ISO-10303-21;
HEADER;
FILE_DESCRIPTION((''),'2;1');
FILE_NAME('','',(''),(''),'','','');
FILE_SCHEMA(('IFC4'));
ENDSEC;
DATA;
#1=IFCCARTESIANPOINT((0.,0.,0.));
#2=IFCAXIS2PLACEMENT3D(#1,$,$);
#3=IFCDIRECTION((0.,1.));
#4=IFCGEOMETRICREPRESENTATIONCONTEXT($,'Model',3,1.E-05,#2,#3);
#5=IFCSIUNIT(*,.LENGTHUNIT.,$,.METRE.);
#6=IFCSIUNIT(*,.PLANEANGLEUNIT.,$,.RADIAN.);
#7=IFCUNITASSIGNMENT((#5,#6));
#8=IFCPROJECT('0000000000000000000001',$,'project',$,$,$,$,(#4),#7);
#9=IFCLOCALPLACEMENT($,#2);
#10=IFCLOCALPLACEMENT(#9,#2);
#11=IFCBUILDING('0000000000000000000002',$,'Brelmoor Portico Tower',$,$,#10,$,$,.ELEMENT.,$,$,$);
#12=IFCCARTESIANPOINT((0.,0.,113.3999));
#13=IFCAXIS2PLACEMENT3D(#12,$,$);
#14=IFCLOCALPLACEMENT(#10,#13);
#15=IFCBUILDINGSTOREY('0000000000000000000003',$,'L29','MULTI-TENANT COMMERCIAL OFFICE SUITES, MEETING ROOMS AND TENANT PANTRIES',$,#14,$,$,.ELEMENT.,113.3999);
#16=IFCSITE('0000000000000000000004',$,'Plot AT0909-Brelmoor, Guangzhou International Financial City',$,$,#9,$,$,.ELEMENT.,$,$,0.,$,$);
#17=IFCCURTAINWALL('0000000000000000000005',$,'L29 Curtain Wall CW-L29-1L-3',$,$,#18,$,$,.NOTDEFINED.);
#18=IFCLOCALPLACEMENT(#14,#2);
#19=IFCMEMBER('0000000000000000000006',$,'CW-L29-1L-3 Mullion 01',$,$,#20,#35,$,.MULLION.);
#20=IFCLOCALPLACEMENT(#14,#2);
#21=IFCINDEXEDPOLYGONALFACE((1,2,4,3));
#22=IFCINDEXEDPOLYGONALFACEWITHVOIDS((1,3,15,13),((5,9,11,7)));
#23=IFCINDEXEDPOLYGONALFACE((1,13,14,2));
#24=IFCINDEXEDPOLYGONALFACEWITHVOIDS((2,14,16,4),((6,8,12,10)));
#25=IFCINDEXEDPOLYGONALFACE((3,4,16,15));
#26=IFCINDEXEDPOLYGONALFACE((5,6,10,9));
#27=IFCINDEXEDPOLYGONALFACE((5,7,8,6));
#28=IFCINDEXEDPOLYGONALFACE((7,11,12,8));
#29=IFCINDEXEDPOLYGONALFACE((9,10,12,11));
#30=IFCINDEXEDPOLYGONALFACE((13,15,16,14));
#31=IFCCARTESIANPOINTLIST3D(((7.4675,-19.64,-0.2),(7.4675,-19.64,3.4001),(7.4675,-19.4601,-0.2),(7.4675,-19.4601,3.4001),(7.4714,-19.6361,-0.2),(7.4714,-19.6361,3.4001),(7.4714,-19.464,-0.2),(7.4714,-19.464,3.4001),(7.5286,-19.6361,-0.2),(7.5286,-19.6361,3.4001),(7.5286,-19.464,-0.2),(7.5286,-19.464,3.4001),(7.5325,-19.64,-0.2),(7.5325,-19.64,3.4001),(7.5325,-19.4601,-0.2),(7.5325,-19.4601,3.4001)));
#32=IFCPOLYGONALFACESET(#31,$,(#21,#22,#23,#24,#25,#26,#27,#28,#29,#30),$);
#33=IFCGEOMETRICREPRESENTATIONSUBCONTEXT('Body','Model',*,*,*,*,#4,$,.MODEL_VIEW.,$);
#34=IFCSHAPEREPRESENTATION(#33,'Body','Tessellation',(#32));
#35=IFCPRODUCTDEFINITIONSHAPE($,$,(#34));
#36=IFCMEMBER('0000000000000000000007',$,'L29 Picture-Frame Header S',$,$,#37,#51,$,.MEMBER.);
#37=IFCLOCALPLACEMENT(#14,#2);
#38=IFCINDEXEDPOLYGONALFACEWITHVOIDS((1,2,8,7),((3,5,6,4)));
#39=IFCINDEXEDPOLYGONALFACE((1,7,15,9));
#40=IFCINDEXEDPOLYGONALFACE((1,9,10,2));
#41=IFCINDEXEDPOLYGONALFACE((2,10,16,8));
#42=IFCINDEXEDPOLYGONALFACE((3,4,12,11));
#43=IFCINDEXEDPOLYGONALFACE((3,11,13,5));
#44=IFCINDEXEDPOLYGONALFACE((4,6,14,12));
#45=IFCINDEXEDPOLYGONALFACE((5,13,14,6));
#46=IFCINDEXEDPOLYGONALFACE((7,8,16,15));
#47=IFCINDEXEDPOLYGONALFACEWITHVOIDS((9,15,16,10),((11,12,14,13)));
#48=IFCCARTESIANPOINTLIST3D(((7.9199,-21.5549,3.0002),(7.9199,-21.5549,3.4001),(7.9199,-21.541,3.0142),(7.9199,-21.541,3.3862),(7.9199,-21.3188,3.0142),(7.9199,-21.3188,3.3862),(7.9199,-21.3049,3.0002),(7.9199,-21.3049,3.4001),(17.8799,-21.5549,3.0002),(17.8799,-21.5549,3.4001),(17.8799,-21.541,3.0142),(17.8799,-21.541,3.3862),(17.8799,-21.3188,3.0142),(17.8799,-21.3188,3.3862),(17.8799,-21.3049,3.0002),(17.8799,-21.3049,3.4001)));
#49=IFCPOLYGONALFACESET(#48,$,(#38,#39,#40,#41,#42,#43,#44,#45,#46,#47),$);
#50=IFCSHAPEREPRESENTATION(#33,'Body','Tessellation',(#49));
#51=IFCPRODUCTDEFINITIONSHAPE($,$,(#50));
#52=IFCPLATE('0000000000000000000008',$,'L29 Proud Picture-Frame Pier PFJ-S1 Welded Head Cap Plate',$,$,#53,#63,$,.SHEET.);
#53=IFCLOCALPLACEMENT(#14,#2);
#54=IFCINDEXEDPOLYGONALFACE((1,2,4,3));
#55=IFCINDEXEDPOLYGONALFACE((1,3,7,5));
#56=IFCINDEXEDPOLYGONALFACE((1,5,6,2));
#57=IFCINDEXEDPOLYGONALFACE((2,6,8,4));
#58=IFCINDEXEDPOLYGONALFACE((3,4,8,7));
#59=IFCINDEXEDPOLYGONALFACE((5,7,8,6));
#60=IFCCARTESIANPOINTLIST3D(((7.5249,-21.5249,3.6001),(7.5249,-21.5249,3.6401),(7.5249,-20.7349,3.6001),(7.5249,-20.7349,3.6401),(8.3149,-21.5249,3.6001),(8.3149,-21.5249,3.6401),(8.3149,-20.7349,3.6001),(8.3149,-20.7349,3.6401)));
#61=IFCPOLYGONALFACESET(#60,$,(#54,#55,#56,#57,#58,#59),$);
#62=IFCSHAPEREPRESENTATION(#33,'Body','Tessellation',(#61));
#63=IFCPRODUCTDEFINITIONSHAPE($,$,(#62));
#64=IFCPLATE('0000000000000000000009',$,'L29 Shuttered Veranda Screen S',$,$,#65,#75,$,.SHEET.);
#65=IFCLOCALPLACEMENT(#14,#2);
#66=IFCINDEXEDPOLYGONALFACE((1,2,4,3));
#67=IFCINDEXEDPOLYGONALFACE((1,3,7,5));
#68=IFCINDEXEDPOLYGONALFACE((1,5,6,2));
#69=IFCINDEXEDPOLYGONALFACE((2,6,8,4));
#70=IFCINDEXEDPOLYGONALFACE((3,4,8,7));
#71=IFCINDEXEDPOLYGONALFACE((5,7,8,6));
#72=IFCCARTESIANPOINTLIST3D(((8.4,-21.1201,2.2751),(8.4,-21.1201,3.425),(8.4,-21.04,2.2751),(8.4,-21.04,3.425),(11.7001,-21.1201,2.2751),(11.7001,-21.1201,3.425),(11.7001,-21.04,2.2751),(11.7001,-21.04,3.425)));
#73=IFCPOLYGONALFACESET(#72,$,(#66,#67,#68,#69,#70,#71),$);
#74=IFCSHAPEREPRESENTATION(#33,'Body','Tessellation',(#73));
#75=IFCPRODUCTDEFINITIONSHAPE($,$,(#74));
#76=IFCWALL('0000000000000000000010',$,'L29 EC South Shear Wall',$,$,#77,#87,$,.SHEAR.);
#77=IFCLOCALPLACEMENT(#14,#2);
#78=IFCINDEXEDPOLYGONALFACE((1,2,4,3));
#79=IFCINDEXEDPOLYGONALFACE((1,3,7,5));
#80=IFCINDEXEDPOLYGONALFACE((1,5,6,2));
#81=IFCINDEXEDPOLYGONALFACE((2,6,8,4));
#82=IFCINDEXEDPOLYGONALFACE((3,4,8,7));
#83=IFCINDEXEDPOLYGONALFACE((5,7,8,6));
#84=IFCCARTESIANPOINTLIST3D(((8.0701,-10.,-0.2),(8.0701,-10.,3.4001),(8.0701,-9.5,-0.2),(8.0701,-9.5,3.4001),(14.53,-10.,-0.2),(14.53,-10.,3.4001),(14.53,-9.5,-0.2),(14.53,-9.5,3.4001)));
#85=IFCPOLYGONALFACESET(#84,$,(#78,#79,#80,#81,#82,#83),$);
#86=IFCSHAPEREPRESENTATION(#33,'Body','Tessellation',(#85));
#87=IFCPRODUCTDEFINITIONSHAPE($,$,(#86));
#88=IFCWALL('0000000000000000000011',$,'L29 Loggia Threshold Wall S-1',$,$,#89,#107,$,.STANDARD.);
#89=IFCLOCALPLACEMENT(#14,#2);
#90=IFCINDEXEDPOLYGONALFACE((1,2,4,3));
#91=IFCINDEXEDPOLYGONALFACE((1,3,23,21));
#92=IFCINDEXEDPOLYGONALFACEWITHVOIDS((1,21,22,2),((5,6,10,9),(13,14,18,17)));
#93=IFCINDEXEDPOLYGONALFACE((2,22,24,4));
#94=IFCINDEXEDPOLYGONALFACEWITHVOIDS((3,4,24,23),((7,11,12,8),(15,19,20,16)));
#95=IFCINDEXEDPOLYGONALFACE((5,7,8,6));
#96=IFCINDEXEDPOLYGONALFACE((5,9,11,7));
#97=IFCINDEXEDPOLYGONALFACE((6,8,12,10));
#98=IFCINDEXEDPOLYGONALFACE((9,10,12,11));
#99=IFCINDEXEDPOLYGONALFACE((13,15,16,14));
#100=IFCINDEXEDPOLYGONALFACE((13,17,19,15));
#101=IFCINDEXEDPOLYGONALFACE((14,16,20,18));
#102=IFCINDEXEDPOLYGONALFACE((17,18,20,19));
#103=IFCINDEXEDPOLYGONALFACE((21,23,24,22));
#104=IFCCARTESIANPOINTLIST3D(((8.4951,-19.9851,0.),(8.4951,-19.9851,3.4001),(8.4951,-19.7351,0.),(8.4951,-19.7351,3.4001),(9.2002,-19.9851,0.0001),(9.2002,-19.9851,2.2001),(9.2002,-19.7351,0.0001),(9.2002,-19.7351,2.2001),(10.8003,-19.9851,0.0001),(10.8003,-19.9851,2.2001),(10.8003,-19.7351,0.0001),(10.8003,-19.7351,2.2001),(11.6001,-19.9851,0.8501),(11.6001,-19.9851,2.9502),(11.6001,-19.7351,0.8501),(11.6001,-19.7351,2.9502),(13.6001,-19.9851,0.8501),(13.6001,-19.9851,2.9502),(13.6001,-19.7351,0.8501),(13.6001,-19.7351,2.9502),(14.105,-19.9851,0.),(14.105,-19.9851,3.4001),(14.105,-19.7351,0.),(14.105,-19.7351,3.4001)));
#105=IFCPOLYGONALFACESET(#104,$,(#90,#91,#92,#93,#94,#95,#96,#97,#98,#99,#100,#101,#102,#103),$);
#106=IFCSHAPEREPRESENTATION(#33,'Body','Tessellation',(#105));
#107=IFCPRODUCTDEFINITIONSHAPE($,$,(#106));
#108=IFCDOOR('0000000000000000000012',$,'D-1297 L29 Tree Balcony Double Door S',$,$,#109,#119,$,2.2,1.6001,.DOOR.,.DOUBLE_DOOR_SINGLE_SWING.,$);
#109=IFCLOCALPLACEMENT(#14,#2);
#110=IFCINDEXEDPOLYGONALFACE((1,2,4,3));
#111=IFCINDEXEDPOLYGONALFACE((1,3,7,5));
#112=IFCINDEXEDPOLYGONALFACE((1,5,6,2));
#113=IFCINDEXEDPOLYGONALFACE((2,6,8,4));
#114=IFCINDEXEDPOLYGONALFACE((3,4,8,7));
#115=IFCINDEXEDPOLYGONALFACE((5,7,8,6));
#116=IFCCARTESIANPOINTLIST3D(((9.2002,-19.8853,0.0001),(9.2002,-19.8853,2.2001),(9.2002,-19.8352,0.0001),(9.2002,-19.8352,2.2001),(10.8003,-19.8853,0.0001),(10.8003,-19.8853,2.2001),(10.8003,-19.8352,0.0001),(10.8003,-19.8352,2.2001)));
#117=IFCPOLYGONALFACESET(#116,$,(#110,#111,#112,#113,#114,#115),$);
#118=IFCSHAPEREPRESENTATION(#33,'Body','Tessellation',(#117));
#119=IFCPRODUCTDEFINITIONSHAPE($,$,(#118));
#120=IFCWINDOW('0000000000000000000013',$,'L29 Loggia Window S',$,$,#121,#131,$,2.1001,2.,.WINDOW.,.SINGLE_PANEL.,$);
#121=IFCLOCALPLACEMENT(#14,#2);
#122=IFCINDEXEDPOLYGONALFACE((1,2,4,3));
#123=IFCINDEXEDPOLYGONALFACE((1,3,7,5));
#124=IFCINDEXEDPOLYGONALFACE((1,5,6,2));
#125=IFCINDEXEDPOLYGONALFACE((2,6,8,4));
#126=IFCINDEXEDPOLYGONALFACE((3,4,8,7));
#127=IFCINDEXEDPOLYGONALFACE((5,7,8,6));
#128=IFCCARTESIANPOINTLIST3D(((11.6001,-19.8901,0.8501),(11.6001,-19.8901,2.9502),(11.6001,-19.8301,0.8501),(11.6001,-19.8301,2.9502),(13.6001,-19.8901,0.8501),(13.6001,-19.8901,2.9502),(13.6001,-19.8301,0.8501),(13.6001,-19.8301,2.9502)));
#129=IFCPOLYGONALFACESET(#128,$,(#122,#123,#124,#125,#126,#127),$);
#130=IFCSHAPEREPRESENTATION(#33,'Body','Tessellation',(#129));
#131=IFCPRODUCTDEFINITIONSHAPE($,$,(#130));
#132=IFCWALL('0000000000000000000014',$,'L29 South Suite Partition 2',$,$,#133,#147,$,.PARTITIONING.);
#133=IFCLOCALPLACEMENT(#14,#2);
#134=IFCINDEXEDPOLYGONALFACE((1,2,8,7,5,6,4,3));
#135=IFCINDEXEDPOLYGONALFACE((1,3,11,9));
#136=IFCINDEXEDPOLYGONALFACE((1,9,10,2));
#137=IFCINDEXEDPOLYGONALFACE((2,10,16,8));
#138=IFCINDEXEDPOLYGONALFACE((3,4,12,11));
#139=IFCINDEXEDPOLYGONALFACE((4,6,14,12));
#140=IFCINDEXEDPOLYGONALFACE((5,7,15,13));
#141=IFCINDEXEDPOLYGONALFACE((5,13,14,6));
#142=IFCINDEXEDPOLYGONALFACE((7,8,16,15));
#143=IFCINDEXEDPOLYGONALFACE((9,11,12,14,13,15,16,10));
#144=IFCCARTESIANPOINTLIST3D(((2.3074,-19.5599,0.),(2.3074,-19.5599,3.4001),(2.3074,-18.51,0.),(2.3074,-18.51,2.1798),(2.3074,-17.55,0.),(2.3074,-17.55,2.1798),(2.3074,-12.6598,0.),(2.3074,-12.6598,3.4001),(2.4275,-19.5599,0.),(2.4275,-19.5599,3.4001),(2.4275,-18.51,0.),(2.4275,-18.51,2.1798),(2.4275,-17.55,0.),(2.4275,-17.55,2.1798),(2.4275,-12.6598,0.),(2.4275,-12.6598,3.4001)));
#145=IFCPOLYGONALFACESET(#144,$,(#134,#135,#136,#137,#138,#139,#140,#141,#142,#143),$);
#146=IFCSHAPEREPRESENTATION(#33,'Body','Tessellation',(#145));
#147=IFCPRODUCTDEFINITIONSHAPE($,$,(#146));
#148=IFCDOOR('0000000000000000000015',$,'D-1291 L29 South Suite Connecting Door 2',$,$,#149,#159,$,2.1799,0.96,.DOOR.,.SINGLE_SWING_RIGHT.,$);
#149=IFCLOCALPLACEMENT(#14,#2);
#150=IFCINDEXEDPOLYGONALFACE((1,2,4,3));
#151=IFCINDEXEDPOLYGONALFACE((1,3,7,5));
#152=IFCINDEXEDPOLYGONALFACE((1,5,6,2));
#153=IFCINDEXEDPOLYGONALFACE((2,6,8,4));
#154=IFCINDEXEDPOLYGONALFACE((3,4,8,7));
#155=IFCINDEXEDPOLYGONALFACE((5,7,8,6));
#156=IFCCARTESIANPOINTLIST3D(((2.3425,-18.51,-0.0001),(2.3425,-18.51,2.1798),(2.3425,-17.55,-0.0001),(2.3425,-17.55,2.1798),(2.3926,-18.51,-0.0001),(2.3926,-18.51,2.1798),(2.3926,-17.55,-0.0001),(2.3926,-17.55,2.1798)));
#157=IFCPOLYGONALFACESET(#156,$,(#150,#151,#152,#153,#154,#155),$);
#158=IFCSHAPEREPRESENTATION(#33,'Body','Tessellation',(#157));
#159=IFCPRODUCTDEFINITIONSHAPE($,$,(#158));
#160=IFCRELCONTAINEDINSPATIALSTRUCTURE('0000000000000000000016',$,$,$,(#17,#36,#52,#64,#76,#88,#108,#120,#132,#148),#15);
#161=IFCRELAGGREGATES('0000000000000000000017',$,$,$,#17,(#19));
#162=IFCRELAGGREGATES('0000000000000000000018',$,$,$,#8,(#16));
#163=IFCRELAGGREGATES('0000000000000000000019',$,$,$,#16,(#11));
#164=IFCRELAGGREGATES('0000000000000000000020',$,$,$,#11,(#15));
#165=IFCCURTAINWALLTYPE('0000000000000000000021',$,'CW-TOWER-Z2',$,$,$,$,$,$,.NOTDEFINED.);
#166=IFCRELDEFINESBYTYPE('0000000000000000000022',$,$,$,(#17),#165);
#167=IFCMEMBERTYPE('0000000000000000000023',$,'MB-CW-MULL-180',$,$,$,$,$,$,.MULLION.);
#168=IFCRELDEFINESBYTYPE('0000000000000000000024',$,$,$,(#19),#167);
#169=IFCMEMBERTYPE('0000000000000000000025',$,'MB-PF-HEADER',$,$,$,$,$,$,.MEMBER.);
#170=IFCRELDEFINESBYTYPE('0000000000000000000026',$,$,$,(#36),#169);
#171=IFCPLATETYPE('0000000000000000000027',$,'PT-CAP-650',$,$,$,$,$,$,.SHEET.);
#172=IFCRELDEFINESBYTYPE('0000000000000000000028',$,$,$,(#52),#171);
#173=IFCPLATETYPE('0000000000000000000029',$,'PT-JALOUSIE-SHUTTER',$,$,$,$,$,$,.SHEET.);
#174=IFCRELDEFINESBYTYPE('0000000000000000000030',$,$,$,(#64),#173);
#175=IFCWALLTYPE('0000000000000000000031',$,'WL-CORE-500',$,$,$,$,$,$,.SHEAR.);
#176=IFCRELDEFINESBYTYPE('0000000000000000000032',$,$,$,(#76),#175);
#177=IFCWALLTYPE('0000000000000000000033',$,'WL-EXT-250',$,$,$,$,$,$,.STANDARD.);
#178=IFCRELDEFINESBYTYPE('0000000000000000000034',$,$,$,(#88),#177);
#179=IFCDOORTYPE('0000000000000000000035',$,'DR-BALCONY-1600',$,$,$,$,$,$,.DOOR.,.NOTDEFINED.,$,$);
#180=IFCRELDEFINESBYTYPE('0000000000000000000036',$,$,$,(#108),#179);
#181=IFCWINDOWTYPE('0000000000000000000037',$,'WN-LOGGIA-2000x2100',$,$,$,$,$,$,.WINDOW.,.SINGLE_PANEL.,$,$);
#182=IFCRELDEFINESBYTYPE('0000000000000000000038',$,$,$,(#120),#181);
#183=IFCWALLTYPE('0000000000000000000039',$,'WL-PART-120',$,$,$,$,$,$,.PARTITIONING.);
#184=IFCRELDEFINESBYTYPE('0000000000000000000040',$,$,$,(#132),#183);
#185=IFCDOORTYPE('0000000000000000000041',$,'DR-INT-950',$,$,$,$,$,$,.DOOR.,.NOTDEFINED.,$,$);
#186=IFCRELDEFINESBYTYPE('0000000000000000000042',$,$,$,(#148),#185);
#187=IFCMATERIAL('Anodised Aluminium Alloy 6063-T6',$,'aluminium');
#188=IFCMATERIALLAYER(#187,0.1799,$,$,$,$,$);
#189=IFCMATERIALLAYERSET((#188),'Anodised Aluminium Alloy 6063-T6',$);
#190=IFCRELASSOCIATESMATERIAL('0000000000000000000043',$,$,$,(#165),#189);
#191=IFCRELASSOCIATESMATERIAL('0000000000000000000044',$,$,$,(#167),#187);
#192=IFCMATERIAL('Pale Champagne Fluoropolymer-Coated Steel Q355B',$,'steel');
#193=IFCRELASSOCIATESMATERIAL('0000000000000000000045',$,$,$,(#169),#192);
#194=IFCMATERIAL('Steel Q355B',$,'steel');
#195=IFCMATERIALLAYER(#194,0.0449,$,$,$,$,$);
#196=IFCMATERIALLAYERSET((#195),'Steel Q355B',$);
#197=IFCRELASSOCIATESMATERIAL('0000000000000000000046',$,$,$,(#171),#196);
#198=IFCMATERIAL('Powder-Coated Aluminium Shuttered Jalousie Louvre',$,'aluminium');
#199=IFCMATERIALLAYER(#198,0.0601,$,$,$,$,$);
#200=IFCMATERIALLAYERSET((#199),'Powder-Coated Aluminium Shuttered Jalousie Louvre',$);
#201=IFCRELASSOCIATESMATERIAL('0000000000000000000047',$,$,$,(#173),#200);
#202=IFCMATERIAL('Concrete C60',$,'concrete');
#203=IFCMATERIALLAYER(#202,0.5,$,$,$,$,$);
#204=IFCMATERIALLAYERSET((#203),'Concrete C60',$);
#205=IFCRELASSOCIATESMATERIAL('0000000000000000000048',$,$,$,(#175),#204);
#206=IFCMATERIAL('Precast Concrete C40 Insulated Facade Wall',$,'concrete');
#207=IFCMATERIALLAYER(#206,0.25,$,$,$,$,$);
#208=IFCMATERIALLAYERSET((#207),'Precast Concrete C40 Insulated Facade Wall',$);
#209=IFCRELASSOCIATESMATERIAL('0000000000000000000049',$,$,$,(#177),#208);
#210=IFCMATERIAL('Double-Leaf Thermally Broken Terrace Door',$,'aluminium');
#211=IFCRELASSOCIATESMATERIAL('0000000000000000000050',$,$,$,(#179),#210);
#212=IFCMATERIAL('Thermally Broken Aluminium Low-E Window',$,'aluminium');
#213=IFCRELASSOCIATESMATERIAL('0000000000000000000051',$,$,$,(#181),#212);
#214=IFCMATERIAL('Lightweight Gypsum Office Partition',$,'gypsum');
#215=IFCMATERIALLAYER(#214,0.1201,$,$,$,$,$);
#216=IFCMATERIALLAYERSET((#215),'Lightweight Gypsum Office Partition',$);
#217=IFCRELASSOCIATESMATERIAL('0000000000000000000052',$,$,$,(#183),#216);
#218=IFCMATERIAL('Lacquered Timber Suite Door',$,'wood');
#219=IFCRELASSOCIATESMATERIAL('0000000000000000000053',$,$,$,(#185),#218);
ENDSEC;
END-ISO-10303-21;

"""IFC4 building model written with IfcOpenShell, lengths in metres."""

from ifc_helpers import new_model, si_unit, direction, frame, frame_2d, origin, origin_2d, place, context, subcontext, project, spatial, rectangle, hollow_rectangle, extrude, material, layer, layer_set, material_profile, profile_set, type_object, element, fill, aggregate, save


model = new_model("IFC4")

# Units and contexts
model_context = context("Model", 3, precision=1e-05, world=origin(), true_north=direction((0.0, 1.0)))
body_context = subcontext(model_context, "Body", "Model", "MODEL_VIEW")
ifc_project = project(units=[si_unit("LENGTHUNIT", "METRE"), si_unit("PLANEANGLEUNIT", "RADIAN")], contexts=[model_context])

# Site, building, storey
site_placement = place(None, origin())
site = spatial("IfcSite", under=ifc_project, at=site_placement, Name="Plot AT0909-Brelmoor, Guangzhou International Financial City", CompositionType="ELEMENT", RefElevation=0.0)
building_placement = place(site_placement, origin())
building = spatial("IfcBuilding", under=site, at=building_placement, Name="Brelmoor Portico Tower", CompositionType="ELEMENT")
storey_placement = place(building_placement, frame((0.0, 0.0, 113.3999)))
storey = spatial("IfcBuildingStorey", under=building, at=storey_placement, Name="L29", Description="MULTI-TENANT COMMERCIAL OFFICE SUITES, MEETING ROOMS AND TENANT PANTRIES", CompositionType="ELEMENT", Elevation=113.3999)

# Shared definitions
ifc_material_1 = material(Name="Steel Q355B", Category="steel")

# Curtain wall, member
ifc_material_2 = material(Name="Anodised Aluminium Alloy 6063-T6", Category="aluminium")
ifc_layer_1 = layer(ifc_material_2, 0.1799)
ifc_layer_set_1 = layer_set([ifc_layer_1], Name="Anodised Aluminium Alloy 6063-T6")
curtain_wall_type = type_object("IfcCurtainWallType", Name="CW-TOWER-Z2", PredefinedType="NOTDEFINED", material=ifc_layer_set_1)
curtain_wall_placement = place(storey_placement, origin())
curtain_wall = element("IfcCurtainWall", 1, at=curtain_wall_placement, inside=storey, type_object=curtain_wall_type, Name="L29 Curtain Wall CW-L29-1L-3", PredefinedType="NOTDEFINED")
ifc_material_profile_1 = material_profile(ifc_material_2, hollow_rectangle(XDim=0.0649, YDim=0.1799, WallThickness=0.0039, at=origin_2d()), Name="ALU MULLION 65x180")
ifc_profile_set_1 = profile_set([ifc_material_profile_1], Name="Anodised Aluminium Alloy 6063-T6")
member_type_1 = type_object("IfcMemberType", Name="MB-CW-MULL-180", PredefinedType="MULLION", material=ifc_profile_set_1)
member_1_placement = place(storey_placement, frame((7.5, -19.55, -0.2), z_axis=(0.0, 0.0, 1.0), x_axis=(1.0, 0.0, 0.0)))
member_1 = element("IfcMember", 2, at=member_1_placement, type_object=member_type_1, Name="CW-L29-1L-3 Mullion 01", PredefinedType="MULLION", context=body_context, shape_type="SweptSolid", body=[
    extrude(hollow_rectangle(XDim=0.0649, YDim=0.1799, WallThickness=0.0039, at=origin_2d()), origin(), (0.0, 0.0, 1.0), 3.6001),
])
aggregate(curtain_wall, [member_1])

# Member
ifc_material_3 = material(Name="Pale Champagne Fluoropolymer-Coated Steel Q355B", Category="steel")
ifc_material_profile_2 = material_profile(ifc_material_3, hollow_rectangle(XDim=0.25, YDim=0.3999, WallThickness=0.0139, at=origin_2d()), Name="RHS 250x400x14")
ifc_profile_set_2 = profile_set([ifc_material_profile_2], Name="Pale Champagne Fluoropolymer-Coated Steel Q355B")
member_type_2 = type_object("IfcMemberType", Name="MB-PF-HEADER", PredefinedType="MEMBER", material=ifc_profile_set_2)
member_2_placement = place(storey_placement, frame((7.9199, -21.4299, 3.2002), z_axis=(1.0, 0.0, 0.0), x_axis=(0.0, 1.0, 0.0)))
element("IfcMember", 3, at=member_2_placement, inside=storey, type_object=member_type_2, Name="L29 Picture-Frame Header S", PredefinedType="MEMBER", context=body_context, shape_type="SweptSolid", body=[
    extrude(hollow_rectangle(XDim=0.25, YDim=0.3999, WallThickness=0.0139, at=origin_2d()), origin(), (0.0, 0.0, 1.0), 9.96),
])

# Plates
ifc_layer_2 = layer(ifc_material_1, 0.0449)
ifc_layer_set_2 = layer_set([ifc_layer_2], Name="Steel Q355B")
plate_type_1 = type_object("IfcPlateType", Name="PT-CAP-650", PredefinedType="SHEET", material=ifc_layer_set_2)
plate_1_placement = place(storey_placement, frame((7.9199, -21.1299, 3.6001), z_axis=(0.0, 0.0, 1.0), x_axis=(1.0, 0.0, 0.0)))
element("IfcPlate", 4, at=plate_1_placement, inside=storey, type_object=plate_type_1, Name="L29 Proud Picture-Frame Pier PFJ-S1 Welded Head Cap Plate", PredefinedType="SHEET", context=body_context, shape_type="SweptSolid", body=[
    extrude(rectangle(XDim=0.79, YDim=0.79, at=origin_2d()), origin(), (0.0, 0.0, 1.0), 0.04),
])
ifc_material_4 = material(Name="Powder-Coated Aluminium Shuttered Jalousie Louvre", Category="aluminium")
ifc_layer_3 = layer(ifc_material_4, 0.0601)
ifc_layer_set_3 = layer_set([ifc_layer_3], Name="Powder-Coated Aluminium Shuttered Jalousie Louvre")
plate_type_2 = type_object("IfcPlateType", Name="PT-JALOUSIE-SHUTTER", PredefinedType="SHEET", material=ifc_layer_set_3)
plate_2_placement = place(storey_placement, frame((10.05, -21.0801, 2.2751), z_axis=(0.0, 0.0, 1.0), x_axis=(1.0, 0.0, 0.0)))
element("IfcPlate", 5, at=plate_2_placement, inside=storey, type_object=plate_type_2, Name="L29 Shuttered Veranda Screen S", PredefinedType="SHEET", context=body_context, shape_type="SweptSolid", body=[
    extrude(rectangle(XDim=3.3, YDim=0.0801, at=origin_2d()), origin(), (0.0, 0.0, 1.0), 1.1499),
])

# Wall
ifc_material_5 = material(Name="Concrete C60", Category="concrete")
ifc_layer_4 = layer(ifc_material_5, 0.5)
ifc_layer_set_4 = layer_set([ifc_layer_4], Name="Concrete C60")
wall_type_1 = type_object("IfcWallType", Name="WL-CORE-500", PredefinedType="SHEAR", material=ifc_layer_set_4)
wall_1_placement = place(storey_placement, frame((8.0701, -9.75, -0.2), z_axis=(0.0, 0.0, 1.0), x_axis=(1.0, 0.0, 0.0)))
element("IfcWall", 6, at=wall_1_placement, inside=storey, type_object=wall_type_1, Name="L29 EC South Shear Wall", PredefinedType="SHEAR", context=body_context, shape_type="SweptSolid", body=[
    extrude(rectangle(XDim=6.46, YDim=0.5, at=frame_2d((3.23, 0.0))), origin(), (0.0, 0.0, 1.0), 3.6001),
])

# Wall, openings, door, window
ifc_material_6 = material(Name="Precast Concrete C40 Insulated Facade Wall", Category="concrete")
ifc_layer_5 = layer(ifc_material_6, 0.25)
ifc_layer_set_5 = layer_set([ifc_layer_5], Name="Precast Concrete C40 Insulated Facade Wall")
wall_type_2 = type_object("IfcWallType", Name="WL-EXT-250", PredefinedType="STANDARD", material=ifc_layer_set_5)
wall_2_placement = place(storey_placement, frame((8.4951, -19.8601, 0.0), z_axis=(0.0, 0.0, 1.0), x_axis=(1.0, 0.0, 0.0)))
wall_2 = element("IfcWall", 7, at=wall_2_placement, inside=storey, type_object=wall_type_2, Name="L29 Loggia Threshold Wall S-1", PredefinedType="STANDARD", context=body_context, shape_type="SweptSolid", body=[
    extrude(rectangle(XDim=5.6099, YDim=0.25, at=frame_2d((2.8049, 0.0))), origin(), (0.0, 0.0, 1.0), 3.4001),
])
opening_1_placement = place(wall_2_placement, frame((0.7051, 0.0, 0.0)))
opening_1 = element("IfcOpeningElement", 8, at=opening_1_placement, cuts=wall_2, PredefinedType="OPENING", context=body_context, shape_type="SweptSolid", body=[
    extrude(rectangle(XDim=1.6001, YDim=2.2, at=frame_2d((0.8, 1.1001))), frame((0.0, 0.135, 0.0), z_axis=(0.0, -1.0, 0.0), x_axis=(1.0, 0.0, 0.0)), (0.0, 0.0, 1.0), 0.27),
])
opening_2_placement = place(wall_2_placement, frame((3.105, 0.0, 0.8501)))
opening_2 = element("IfcOpeningElement", 9, at=opening_2_placement, cuts=wall_2, PredefinedType="OPENING", context=body_context, shape_type="SweptSolid", body=[
    extrude(rectangle(XDim=2.0, YDim=2.1001, at=frame_2d((1.0, 1.05))), frame((0.0, 0.135, 0.0), z_axis=(0.0, -1.0, 0.0), x_axis=(1.0, 0.0, 0.0)), (0.0, 0.0, 1.0), 0.27),
])
ifc_material_7 = material(Name="Double-Leaf Thermally Broken Terrace Door", Category="aluminium")
door_type_1 = type_object("IfcDoorType", Name="DR-BALCONY-1600", OperationType="NOTDEFINED", PredefinedType="DOOR", material=ifc_material_7)
door_1_placement = place(opening_1_placement, origin())
door_1 = element("IfcDoor", 10, at=door_1_placement, inside=storey, type_object=door_type_1, Name="D-1297 L29 Tree Balcony Double Door S", OperationType="DOUBLE_DOOR_SINGLE_SWING", OverallHeight=2.2, OverallWidth=1.6001, PredefinedType="DOOR", context=body_context, shape_type="SweptSolid", body=[
    extrude(rectangle(XDim=1.6001, YDim=2.2, at=frame_2d((0.8, 1.1001))), frame((0.0, 0.0249, 0.0), z_axis=(0.0, -1.0, 0.0), x_axis=(1.0, 0.0, 0.0)), (0.0, 0.0, 1.0), 0.05),
])
fill(opening_1, door_1)
ifc_material_8 = material(Name="Thermally Broken Aluminium Low-E Window", Category="aluminium")
window_type = type_object("IfcWindowType", Name="WN-LOGGIA-2000x2100", PartitioningType="SINGLE_PANEL", PredefinedType="WINDOW", material=ifc_material_8)
window_placement = place(opening_2_placement, origin())
window = element("IfcWindow", 11, at=window_placement, inside=storey, type_object=window_type, Name="L29 Loggia Window S", OverallHeight=2.1001, OverallWidth=2.0, PartitioningType="SINGLE_PANEL", PredefinedType="WINDOW", context=body_context, shape_type="SweptSolid", body=[
    extrude(rectangle(XDim=2.0, YDim=2.1001, at=frame_2d((1.0, 1.05))), frame((0.0, 0.03, 0.0), z_axis=(0.0, -1.0, 0.0), x_axis=(1.0, 0.0, 0.0)), (0.0, 0.0, 1.0), 0.0601),
])
fill(opening_2, window)

# Wall, opening, door
ifc_material_9 = material(Name="Lightweight Gypsum Office Partition", Category="gypsum")
ifc_layer_6 = layer(ifc_material_9, 0.1201)
ifc_layer_set_6 = layer_set([ifc_layer_6], Name="Lightweight Gypsum Office Partition")
wall_type_3 = type_object("IfcWallType", Name="WL-PART-120", PredefinedType="PARTITIONING", material=ifc_layer_set_6)
wall_3_placement = place(storey_placement, frame((2.3674, -19.5601, 0.0), z_axis=(0.0, 0.0, 1.0), x_axis=(0.0, 1.0, 0.0)))
wall_3 = element("IfcWall", 12, at=wall_3_placement, inside=storey, type_object=wall_type_3, Name="L29 South Suite Partition 2", PredefinedType="PARTITIONING", context=body_context, shape_type="SweptSolid", body=[
    extrude(rectangle(XDim=6.9001, YDim=0.1201, at=frame_2d((3.4502, 0.0))), origin(), (0.0, 0.0, 1.0), 3.4001),
])
opening_3_placement = place(wall_3_placement, frame((1.05, 0.0, 0.0)))
opening_3 = element("IfcOpeningElement", 13, at=opening_3_placement, cuts=wall_3, PredefinedType="OPENING", context=body_context, shape_type="SweptSolid", body=[
    extrude(rectangle(XDim=0.96, YDim=2.1799, at=frame_2d((0.48, 1.0898))), frame((0.0, 0.0701, 0.0), z_axis=(0.0, -1.0, 0.0), x_axis=(1.0, 0.0, 0.0)), (0.0, 0.0, 1.0), 0.1401),
])
ifc_material_10 = material(Name="Lacquered Timber Suite Door", Category="wood")
door_type_2 = type_object("IfcDoorType", Name="DR-INT-950", OperationType="NOTDEFINED", PredefinedType="DOOR", material=ifc_material_10)
door_2_placement = place(opening_3_placement, origin())
door_2 = element("IfcDoor", 14, at=door_2_placement, inside=storey, type_object=door_type_2, Name="D-1291 L29 South Suite Connecting Door 2", OperationType="SINGLE_SWING_RIGHT", OverallHeight=2.1799, OverallWidth=0.96, PredefinedType="DOOR", context=body_context, shape_type="SweptSolid", body=[
    extrude(rectangle(XDim=0.96, YDim=2.1799, at=frame_2d((0.48, 1.0898))), frame((0.0, 0.0249, 0.0), z_axis=(0.0, -1.0, 0.0), x_axis=(1.0, 0.0, 0.0)), (0.0, 0.0, 1.0), 0.05),
])
fill(opening_3, door_2)

save(model, "model.ifc")
